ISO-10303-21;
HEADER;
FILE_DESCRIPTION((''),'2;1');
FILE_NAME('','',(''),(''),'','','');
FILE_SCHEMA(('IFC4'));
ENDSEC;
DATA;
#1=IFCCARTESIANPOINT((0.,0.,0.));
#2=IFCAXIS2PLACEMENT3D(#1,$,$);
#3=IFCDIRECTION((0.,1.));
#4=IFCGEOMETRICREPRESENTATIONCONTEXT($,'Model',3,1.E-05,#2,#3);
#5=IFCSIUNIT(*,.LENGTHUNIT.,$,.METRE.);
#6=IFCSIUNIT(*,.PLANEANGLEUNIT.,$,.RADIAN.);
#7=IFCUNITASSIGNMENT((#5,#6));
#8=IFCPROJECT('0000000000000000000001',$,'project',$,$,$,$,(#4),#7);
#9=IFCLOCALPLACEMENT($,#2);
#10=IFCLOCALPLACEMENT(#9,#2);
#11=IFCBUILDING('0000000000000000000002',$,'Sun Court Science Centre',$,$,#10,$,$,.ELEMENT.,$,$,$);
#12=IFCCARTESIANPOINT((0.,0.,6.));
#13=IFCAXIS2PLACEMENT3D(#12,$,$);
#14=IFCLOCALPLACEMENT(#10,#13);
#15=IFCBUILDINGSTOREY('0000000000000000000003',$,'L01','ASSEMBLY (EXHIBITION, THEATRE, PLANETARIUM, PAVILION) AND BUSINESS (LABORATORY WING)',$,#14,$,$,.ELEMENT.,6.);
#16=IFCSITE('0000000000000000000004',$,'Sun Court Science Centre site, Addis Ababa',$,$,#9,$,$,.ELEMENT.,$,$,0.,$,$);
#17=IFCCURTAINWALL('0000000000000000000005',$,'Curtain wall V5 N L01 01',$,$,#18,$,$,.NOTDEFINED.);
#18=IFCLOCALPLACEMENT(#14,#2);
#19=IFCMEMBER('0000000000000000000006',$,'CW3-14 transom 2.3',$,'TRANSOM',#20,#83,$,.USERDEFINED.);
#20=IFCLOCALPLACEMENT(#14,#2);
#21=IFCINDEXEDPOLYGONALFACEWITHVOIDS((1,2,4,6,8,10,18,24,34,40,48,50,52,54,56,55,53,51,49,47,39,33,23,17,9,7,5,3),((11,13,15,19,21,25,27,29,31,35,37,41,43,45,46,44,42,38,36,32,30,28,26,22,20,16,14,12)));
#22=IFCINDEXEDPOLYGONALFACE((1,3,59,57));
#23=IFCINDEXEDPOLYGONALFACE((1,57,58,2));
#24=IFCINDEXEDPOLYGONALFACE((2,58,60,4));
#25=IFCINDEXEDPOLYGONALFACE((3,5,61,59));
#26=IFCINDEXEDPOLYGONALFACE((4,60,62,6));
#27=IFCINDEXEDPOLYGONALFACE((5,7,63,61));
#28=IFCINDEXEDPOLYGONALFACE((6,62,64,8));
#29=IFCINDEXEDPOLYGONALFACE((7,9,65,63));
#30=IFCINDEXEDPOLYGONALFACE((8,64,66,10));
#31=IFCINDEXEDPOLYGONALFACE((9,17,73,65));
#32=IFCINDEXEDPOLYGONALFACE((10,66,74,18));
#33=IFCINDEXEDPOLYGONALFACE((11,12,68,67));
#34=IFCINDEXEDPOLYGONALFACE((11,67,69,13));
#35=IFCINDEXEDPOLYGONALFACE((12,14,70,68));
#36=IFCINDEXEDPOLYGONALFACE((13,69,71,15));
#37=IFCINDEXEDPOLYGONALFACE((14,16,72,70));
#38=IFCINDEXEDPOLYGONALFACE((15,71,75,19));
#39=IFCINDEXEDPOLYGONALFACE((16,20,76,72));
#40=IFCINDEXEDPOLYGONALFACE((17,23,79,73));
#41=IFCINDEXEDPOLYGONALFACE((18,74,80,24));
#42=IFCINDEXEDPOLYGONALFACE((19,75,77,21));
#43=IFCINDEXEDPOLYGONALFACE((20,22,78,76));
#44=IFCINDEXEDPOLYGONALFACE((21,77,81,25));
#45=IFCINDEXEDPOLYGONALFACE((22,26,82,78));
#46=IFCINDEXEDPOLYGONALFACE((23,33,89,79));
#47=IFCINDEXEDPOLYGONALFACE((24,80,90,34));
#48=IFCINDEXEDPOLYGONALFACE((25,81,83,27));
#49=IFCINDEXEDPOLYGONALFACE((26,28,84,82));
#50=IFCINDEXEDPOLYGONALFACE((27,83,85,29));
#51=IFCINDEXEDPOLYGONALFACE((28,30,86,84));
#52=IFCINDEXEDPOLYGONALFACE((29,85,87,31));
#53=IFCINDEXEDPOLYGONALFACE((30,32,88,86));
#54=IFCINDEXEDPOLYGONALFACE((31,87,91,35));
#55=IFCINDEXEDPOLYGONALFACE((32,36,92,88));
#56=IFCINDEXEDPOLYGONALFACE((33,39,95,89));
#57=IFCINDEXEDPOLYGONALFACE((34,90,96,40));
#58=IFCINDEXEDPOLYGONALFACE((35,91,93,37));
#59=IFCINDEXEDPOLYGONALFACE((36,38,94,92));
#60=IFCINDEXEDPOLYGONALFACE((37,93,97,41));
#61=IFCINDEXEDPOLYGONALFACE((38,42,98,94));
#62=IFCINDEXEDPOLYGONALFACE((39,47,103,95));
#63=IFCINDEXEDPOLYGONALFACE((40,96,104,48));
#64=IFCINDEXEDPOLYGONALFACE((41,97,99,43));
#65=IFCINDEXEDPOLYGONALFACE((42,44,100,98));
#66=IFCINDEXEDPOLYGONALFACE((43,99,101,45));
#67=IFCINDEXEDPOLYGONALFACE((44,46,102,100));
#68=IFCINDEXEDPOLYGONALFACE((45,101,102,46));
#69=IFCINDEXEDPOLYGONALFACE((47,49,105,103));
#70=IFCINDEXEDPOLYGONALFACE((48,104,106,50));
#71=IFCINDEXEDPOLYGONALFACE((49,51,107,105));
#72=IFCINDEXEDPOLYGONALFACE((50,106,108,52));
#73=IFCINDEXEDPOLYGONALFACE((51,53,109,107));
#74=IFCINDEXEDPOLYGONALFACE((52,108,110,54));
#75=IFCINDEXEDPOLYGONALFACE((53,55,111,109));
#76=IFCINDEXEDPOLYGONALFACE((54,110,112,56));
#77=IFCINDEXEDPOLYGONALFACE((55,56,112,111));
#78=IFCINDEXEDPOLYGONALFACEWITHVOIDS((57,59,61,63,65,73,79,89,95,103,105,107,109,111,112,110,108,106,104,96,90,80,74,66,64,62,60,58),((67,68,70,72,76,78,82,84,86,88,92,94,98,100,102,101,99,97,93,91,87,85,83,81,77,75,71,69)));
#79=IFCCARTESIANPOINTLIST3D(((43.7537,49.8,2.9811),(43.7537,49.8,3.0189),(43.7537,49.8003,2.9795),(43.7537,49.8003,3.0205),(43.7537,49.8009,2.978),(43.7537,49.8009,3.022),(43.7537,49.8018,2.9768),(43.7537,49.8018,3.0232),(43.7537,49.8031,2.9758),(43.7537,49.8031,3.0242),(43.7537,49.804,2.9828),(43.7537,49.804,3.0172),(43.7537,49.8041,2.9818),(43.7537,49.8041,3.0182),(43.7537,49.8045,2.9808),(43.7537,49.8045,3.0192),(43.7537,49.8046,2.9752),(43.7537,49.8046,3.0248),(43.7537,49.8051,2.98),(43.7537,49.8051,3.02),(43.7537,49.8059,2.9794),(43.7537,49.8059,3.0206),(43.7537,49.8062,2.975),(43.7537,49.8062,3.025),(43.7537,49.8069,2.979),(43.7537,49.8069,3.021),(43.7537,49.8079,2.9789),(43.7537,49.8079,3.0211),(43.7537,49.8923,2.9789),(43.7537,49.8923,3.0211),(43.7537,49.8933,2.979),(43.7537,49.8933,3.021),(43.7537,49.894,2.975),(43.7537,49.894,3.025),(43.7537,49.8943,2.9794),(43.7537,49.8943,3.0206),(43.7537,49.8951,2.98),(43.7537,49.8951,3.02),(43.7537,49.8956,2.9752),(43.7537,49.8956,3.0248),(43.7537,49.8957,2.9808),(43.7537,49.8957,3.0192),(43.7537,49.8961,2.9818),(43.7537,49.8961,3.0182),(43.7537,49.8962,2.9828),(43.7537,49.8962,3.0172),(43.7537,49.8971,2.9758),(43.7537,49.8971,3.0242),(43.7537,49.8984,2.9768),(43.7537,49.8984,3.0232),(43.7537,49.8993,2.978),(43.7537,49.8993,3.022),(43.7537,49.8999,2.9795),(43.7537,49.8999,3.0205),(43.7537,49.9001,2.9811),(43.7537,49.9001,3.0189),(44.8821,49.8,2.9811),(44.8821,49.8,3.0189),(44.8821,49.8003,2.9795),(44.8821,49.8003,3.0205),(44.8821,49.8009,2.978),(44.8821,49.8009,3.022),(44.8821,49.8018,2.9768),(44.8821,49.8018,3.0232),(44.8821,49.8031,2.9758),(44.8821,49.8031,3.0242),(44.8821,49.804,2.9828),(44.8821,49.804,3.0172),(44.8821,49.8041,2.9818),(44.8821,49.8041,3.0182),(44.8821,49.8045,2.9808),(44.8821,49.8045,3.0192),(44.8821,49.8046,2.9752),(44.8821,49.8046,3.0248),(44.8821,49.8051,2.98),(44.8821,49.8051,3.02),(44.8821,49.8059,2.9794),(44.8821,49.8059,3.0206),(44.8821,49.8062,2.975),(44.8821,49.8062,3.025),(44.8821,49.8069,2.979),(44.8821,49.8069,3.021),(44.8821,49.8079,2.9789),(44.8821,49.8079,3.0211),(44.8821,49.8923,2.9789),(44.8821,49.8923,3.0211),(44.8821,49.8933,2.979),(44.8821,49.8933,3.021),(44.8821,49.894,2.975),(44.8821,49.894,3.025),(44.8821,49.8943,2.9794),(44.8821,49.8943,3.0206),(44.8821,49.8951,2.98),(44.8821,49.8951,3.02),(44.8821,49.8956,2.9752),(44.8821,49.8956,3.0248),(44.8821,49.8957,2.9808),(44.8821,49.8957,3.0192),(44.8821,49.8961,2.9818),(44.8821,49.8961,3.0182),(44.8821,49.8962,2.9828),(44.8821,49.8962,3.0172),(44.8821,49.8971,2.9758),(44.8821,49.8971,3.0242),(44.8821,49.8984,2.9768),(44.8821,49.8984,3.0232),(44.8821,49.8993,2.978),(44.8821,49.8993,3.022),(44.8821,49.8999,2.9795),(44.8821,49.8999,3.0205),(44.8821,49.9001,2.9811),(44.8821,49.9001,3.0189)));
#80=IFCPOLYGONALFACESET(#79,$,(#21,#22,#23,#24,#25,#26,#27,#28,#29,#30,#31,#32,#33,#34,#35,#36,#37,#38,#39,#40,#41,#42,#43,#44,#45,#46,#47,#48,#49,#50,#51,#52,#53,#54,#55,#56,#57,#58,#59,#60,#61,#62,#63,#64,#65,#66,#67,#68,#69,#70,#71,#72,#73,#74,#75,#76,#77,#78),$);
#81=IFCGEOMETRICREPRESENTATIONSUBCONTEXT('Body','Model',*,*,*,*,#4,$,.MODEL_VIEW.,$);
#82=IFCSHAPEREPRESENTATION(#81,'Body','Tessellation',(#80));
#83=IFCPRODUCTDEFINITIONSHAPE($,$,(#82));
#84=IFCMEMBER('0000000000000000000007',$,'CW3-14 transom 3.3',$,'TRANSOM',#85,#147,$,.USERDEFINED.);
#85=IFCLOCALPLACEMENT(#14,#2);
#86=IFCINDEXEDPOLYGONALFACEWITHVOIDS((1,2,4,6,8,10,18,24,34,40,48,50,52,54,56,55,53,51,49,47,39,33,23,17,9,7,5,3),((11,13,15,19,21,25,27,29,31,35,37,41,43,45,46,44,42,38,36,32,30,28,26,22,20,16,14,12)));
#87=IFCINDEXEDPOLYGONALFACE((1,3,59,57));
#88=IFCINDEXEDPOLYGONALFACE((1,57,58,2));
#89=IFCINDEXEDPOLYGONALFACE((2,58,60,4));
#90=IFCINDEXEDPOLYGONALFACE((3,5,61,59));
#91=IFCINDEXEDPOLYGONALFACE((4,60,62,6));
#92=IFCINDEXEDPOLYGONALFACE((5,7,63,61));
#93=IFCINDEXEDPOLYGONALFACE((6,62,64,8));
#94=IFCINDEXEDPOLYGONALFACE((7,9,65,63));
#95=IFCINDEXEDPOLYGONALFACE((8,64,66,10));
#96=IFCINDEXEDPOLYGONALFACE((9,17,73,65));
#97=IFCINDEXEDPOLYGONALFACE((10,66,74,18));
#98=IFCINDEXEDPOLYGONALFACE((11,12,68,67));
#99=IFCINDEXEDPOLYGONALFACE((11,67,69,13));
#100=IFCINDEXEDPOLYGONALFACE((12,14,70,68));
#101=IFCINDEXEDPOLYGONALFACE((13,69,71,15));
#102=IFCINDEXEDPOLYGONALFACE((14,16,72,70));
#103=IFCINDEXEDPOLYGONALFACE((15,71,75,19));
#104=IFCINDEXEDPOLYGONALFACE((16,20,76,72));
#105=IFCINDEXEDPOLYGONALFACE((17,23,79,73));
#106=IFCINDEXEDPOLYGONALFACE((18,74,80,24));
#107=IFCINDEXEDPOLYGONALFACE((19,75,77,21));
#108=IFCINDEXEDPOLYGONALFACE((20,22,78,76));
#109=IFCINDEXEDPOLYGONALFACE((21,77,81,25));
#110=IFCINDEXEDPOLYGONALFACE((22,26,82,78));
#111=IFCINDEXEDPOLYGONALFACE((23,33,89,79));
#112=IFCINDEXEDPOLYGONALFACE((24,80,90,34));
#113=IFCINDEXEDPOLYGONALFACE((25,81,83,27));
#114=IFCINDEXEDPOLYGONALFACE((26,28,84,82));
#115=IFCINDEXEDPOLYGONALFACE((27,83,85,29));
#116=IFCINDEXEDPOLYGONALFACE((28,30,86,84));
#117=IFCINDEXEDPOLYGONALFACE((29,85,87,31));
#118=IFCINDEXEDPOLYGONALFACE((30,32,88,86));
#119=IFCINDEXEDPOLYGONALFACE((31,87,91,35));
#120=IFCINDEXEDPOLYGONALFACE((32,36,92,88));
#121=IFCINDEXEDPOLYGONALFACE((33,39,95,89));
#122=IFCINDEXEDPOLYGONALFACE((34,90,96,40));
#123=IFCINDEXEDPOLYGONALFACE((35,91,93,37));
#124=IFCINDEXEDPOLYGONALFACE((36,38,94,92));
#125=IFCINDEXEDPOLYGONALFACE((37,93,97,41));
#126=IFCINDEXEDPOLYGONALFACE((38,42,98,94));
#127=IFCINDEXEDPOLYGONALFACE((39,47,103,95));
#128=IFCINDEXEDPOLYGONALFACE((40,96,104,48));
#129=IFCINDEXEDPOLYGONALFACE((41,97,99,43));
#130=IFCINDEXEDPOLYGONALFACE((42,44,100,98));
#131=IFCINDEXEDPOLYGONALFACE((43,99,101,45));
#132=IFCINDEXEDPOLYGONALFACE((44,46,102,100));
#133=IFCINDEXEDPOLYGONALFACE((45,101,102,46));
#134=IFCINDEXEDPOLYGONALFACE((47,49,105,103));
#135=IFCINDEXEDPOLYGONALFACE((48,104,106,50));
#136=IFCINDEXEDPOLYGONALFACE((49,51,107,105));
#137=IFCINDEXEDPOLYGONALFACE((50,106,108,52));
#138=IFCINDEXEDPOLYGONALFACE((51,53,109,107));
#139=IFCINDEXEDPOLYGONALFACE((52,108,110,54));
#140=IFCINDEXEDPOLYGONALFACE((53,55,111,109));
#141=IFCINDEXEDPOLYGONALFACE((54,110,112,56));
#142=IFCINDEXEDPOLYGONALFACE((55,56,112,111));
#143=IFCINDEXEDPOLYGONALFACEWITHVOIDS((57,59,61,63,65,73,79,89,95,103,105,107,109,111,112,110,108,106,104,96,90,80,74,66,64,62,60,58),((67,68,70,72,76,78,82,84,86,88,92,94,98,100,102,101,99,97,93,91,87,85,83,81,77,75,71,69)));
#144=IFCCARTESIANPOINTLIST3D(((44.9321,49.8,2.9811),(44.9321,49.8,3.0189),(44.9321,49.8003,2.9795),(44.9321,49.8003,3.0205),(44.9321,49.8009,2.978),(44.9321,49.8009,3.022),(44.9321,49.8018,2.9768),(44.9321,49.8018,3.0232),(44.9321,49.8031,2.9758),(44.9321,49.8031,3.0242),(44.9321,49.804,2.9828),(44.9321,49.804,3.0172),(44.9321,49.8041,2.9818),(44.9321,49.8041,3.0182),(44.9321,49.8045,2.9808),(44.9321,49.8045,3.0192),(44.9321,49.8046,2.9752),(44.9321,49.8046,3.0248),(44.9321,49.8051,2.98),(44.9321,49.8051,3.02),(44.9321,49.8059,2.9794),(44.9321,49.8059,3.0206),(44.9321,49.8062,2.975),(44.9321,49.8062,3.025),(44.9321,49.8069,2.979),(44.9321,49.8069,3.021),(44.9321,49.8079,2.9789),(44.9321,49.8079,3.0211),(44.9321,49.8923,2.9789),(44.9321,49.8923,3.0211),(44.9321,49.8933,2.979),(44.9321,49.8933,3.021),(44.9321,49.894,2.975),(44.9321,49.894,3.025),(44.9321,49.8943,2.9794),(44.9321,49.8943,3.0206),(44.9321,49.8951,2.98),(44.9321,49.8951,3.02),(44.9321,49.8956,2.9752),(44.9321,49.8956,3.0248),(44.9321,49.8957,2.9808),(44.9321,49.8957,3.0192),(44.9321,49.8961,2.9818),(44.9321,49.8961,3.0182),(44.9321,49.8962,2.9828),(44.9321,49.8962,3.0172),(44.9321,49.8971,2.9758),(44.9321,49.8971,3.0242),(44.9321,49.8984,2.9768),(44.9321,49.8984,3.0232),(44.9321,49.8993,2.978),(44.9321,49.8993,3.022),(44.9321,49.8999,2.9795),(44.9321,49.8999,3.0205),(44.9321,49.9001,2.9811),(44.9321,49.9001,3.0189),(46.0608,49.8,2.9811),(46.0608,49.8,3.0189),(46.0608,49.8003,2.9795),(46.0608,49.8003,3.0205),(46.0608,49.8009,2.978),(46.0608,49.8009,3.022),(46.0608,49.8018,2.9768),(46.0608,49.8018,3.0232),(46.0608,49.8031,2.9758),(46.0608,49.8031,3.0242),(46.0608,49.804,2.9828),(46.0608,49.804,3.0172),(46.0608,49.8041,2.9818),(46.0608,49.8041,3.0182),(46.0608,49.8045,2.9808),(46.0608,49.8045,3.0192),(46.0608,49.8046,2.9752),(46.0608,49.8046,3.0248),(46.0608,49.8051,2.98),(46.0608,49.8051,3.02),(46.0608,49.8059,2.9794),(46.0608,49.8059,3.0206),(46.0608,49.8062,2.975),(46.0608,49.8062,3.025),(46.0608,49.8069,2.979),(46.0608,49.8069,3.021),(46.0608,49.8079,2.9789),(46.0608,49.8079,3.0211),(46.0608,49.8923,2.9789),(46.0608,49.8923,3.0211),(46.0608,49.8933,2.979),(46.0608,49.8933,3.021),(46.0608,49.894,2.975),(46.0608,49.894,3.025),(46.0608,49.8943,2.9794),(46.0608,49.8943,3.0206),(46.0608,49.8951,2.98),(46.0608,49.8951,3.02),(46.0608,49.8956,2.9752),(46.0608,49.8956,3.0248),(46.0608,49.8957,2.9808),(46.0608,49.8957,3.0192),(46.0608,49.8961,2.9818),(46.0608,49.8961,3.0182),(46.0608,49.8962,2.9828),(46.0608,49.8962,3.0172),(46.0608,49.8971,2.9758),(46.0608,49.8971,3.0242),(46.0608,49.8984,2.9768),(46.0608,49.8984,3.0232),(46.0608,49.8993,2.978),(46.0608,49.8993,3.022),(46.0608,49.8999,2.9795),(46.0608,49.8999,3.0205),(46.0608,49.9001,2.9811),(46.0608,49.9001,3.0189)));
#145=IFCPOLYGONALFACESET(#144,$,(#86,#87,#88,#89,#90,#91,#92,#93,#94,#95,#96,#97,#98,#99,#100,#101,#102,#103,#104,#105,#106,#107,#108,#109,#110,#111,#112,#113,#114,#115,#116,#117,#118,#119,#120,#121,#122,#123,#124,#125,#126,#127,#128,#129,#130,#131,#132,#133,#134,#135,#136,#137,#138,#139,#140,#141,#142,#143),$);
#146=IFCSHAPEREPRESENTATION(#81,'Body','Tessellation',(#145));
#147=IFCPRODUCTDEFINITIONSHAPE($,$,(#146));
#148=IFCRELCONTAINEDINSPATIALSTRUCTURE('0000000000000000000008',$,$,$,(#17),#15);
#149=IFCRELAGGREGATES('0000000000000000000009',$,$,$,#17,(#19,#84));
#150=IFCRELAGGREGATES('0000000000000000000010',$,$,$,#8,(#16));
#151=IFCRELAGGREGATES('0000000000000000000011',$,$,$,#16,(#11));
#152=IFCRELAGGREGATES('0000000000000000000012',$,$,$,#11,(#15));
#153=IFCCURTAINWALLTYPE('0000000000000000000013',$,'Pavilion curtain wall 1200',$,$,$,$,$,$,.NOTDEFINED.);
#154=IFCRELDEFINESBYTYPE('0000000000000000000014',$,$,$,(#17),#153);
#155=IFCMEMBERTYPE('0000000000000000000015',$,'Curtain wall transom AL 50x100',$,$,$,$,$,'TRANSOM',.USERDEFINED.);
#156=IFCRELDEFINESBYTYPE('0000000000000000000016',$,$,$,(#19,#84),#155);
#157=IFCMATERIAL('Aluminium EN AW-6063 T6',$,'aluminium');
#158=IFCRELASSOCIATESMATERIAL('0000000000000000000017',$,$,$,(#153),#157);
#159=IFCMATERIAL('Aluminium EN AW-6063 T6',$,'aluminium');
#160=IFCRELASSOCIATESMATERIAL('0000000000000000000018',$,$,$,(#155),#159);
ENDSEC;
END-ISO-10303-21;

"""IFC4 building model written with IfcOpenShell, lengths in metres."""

from ifc_helpers import new_model, si_unit, direction, frame, origin, origin_2d, place, context, subcontext, project, spatial, hollow_rectangle, extrude, material, material_profile, profile_set, type_object, element, aggregate, save


model = new_model("IFC4")

# Units and contexts
model_context = context("Model", 3, precision=1e-05, world=origin(), true_north=direction((0.0, 1.0)))
body_context = subcontext(model_context, "Body", "Model", "MODEL_VIEW")
ifc_project = project(units=[si_unit("LENGTHUNIT", "METRE"), si_unit("PLANEANGLEUNIT", "RADIAN")], contexts=[model_context])

# Site, building, storey
site_placement = place(None, origin())
site = spatial("IfcSite", under=ifc_project, at=site_placement, Name="Sun Court Science Centre site, Addis Ababa", CompositionType="ELEMENT", RefElevation=0.0)
building_placement = place(site_placement, origin())
building = spatial("IfcBuilding", under=site, at=building_placement, Name="Sun Court Science Centre", CompositionType="ELEMENT")
storey_placement = place(building_placement, frame((0.0, 0.0, 6.0)))
storey = spatial("IfcBuildingStorey", under=building, at=storey_placement, Name="L01", Description="ASSEMBLY (EXHIBITION, THEATRE, PLANETARIUM, PAVILION) AND BUSINESS (LABORATORY WING)", CompositionType="ELEMENT", Elevation=6.0)

# Curtain wall, members
ifc_material_1 = material(Name="Aluminium EN AW-6063 T6", Category="aluminium")
curtain_wall_type = type_object("IfcCurtainWallType", Name="Pavilion curtain wall 1200", PredefinedType="NOTDEFINED", material=ifc_material_1)
curtain_wall_placement = place(storey_placement, origin())
curtain_wall = element("IfcCurtainWall", 1, at=curtain_wall_placement, inside=storey, type_object=curtain_wall_type, Name="Curtain wall V5 N L01 01", PredefinedType="NOTDEFINED")
ifc_material_2 = material(Name="Aluminium EN AW-6063 T6", Category="aluminium")
ifc_material_profile_1 = material_profile(ifc_material_2, hollow_rectangle(XDim=0.05, YDim=0.1001, WallThickness=0.0039, InnerFilletRadius=0.0039, OuterFilletRadius=0.0061, at=origin_2d()), Name="AL 50x100x4")
ifc_profile_set_1 = profile_set([ifc_material_profile_1], Name="Aluminium EN AW-6063 T6")
member_type_1 = type_object("IfcMemberType", Name="Curtain wall transom AL 50x100", ElementType="TRANSOM", PredefinedType="USERDEFINED", material=ifc_profile_set_1)
member_1_placement = place(storey_placement, frame((43.7537, 49.8501, 3.0), z_axis=(1.0, 0.0, 0.0), x_axis=(0.0, 0.0, 1.0)))
member_1 = element("IfcMember", 2, at=member_1_placement, type_object=member_type_1, Name="CW3-14 transom 2.3", ObjectType="TRANSOM", PredefinedType="USERDEFINED", context=body_context, shape_type="SweptSolid", body=[
    extrude(hollow_rectangle(XDim=0.05, YDim=0.1001, WallThickness=0.0039, InnerFilletRadius=0.0039, OuterFilletRadius=0.0061, at=origin_2d()), origin(), (0.0, 0.0, 1.0), 1.1284),
])
member_2_placement = place(storey_placement, frame((44.9321, 49.8501, 3.0), z_axis=(1.0, 0.0, 0.0), x_axis=(0.0, 0.0, 1.0)))
member_2 = element("IfcMember", 3, at=member_2_placement, type_object=member_type_1, Name="CW3-14 transom 3.3", ObjectType="TRANSOM", PredefinedType="USERDEFINED", context=body_context, shape_type="SweptSolid", body=[
    extrude(hollow_rectangle(XDim=0.05, YDim=0.1001, WallThickness=0.0039, InnerFilletRadius=0.0039, OuterFilletRadius=0.0061, at=origin_2d()), origin(), (0.0, 0.0, 1.0), 1.1287),
])
aggregate(curtain_wall, [member_1, member_2])

save(model, "model.ifc")
